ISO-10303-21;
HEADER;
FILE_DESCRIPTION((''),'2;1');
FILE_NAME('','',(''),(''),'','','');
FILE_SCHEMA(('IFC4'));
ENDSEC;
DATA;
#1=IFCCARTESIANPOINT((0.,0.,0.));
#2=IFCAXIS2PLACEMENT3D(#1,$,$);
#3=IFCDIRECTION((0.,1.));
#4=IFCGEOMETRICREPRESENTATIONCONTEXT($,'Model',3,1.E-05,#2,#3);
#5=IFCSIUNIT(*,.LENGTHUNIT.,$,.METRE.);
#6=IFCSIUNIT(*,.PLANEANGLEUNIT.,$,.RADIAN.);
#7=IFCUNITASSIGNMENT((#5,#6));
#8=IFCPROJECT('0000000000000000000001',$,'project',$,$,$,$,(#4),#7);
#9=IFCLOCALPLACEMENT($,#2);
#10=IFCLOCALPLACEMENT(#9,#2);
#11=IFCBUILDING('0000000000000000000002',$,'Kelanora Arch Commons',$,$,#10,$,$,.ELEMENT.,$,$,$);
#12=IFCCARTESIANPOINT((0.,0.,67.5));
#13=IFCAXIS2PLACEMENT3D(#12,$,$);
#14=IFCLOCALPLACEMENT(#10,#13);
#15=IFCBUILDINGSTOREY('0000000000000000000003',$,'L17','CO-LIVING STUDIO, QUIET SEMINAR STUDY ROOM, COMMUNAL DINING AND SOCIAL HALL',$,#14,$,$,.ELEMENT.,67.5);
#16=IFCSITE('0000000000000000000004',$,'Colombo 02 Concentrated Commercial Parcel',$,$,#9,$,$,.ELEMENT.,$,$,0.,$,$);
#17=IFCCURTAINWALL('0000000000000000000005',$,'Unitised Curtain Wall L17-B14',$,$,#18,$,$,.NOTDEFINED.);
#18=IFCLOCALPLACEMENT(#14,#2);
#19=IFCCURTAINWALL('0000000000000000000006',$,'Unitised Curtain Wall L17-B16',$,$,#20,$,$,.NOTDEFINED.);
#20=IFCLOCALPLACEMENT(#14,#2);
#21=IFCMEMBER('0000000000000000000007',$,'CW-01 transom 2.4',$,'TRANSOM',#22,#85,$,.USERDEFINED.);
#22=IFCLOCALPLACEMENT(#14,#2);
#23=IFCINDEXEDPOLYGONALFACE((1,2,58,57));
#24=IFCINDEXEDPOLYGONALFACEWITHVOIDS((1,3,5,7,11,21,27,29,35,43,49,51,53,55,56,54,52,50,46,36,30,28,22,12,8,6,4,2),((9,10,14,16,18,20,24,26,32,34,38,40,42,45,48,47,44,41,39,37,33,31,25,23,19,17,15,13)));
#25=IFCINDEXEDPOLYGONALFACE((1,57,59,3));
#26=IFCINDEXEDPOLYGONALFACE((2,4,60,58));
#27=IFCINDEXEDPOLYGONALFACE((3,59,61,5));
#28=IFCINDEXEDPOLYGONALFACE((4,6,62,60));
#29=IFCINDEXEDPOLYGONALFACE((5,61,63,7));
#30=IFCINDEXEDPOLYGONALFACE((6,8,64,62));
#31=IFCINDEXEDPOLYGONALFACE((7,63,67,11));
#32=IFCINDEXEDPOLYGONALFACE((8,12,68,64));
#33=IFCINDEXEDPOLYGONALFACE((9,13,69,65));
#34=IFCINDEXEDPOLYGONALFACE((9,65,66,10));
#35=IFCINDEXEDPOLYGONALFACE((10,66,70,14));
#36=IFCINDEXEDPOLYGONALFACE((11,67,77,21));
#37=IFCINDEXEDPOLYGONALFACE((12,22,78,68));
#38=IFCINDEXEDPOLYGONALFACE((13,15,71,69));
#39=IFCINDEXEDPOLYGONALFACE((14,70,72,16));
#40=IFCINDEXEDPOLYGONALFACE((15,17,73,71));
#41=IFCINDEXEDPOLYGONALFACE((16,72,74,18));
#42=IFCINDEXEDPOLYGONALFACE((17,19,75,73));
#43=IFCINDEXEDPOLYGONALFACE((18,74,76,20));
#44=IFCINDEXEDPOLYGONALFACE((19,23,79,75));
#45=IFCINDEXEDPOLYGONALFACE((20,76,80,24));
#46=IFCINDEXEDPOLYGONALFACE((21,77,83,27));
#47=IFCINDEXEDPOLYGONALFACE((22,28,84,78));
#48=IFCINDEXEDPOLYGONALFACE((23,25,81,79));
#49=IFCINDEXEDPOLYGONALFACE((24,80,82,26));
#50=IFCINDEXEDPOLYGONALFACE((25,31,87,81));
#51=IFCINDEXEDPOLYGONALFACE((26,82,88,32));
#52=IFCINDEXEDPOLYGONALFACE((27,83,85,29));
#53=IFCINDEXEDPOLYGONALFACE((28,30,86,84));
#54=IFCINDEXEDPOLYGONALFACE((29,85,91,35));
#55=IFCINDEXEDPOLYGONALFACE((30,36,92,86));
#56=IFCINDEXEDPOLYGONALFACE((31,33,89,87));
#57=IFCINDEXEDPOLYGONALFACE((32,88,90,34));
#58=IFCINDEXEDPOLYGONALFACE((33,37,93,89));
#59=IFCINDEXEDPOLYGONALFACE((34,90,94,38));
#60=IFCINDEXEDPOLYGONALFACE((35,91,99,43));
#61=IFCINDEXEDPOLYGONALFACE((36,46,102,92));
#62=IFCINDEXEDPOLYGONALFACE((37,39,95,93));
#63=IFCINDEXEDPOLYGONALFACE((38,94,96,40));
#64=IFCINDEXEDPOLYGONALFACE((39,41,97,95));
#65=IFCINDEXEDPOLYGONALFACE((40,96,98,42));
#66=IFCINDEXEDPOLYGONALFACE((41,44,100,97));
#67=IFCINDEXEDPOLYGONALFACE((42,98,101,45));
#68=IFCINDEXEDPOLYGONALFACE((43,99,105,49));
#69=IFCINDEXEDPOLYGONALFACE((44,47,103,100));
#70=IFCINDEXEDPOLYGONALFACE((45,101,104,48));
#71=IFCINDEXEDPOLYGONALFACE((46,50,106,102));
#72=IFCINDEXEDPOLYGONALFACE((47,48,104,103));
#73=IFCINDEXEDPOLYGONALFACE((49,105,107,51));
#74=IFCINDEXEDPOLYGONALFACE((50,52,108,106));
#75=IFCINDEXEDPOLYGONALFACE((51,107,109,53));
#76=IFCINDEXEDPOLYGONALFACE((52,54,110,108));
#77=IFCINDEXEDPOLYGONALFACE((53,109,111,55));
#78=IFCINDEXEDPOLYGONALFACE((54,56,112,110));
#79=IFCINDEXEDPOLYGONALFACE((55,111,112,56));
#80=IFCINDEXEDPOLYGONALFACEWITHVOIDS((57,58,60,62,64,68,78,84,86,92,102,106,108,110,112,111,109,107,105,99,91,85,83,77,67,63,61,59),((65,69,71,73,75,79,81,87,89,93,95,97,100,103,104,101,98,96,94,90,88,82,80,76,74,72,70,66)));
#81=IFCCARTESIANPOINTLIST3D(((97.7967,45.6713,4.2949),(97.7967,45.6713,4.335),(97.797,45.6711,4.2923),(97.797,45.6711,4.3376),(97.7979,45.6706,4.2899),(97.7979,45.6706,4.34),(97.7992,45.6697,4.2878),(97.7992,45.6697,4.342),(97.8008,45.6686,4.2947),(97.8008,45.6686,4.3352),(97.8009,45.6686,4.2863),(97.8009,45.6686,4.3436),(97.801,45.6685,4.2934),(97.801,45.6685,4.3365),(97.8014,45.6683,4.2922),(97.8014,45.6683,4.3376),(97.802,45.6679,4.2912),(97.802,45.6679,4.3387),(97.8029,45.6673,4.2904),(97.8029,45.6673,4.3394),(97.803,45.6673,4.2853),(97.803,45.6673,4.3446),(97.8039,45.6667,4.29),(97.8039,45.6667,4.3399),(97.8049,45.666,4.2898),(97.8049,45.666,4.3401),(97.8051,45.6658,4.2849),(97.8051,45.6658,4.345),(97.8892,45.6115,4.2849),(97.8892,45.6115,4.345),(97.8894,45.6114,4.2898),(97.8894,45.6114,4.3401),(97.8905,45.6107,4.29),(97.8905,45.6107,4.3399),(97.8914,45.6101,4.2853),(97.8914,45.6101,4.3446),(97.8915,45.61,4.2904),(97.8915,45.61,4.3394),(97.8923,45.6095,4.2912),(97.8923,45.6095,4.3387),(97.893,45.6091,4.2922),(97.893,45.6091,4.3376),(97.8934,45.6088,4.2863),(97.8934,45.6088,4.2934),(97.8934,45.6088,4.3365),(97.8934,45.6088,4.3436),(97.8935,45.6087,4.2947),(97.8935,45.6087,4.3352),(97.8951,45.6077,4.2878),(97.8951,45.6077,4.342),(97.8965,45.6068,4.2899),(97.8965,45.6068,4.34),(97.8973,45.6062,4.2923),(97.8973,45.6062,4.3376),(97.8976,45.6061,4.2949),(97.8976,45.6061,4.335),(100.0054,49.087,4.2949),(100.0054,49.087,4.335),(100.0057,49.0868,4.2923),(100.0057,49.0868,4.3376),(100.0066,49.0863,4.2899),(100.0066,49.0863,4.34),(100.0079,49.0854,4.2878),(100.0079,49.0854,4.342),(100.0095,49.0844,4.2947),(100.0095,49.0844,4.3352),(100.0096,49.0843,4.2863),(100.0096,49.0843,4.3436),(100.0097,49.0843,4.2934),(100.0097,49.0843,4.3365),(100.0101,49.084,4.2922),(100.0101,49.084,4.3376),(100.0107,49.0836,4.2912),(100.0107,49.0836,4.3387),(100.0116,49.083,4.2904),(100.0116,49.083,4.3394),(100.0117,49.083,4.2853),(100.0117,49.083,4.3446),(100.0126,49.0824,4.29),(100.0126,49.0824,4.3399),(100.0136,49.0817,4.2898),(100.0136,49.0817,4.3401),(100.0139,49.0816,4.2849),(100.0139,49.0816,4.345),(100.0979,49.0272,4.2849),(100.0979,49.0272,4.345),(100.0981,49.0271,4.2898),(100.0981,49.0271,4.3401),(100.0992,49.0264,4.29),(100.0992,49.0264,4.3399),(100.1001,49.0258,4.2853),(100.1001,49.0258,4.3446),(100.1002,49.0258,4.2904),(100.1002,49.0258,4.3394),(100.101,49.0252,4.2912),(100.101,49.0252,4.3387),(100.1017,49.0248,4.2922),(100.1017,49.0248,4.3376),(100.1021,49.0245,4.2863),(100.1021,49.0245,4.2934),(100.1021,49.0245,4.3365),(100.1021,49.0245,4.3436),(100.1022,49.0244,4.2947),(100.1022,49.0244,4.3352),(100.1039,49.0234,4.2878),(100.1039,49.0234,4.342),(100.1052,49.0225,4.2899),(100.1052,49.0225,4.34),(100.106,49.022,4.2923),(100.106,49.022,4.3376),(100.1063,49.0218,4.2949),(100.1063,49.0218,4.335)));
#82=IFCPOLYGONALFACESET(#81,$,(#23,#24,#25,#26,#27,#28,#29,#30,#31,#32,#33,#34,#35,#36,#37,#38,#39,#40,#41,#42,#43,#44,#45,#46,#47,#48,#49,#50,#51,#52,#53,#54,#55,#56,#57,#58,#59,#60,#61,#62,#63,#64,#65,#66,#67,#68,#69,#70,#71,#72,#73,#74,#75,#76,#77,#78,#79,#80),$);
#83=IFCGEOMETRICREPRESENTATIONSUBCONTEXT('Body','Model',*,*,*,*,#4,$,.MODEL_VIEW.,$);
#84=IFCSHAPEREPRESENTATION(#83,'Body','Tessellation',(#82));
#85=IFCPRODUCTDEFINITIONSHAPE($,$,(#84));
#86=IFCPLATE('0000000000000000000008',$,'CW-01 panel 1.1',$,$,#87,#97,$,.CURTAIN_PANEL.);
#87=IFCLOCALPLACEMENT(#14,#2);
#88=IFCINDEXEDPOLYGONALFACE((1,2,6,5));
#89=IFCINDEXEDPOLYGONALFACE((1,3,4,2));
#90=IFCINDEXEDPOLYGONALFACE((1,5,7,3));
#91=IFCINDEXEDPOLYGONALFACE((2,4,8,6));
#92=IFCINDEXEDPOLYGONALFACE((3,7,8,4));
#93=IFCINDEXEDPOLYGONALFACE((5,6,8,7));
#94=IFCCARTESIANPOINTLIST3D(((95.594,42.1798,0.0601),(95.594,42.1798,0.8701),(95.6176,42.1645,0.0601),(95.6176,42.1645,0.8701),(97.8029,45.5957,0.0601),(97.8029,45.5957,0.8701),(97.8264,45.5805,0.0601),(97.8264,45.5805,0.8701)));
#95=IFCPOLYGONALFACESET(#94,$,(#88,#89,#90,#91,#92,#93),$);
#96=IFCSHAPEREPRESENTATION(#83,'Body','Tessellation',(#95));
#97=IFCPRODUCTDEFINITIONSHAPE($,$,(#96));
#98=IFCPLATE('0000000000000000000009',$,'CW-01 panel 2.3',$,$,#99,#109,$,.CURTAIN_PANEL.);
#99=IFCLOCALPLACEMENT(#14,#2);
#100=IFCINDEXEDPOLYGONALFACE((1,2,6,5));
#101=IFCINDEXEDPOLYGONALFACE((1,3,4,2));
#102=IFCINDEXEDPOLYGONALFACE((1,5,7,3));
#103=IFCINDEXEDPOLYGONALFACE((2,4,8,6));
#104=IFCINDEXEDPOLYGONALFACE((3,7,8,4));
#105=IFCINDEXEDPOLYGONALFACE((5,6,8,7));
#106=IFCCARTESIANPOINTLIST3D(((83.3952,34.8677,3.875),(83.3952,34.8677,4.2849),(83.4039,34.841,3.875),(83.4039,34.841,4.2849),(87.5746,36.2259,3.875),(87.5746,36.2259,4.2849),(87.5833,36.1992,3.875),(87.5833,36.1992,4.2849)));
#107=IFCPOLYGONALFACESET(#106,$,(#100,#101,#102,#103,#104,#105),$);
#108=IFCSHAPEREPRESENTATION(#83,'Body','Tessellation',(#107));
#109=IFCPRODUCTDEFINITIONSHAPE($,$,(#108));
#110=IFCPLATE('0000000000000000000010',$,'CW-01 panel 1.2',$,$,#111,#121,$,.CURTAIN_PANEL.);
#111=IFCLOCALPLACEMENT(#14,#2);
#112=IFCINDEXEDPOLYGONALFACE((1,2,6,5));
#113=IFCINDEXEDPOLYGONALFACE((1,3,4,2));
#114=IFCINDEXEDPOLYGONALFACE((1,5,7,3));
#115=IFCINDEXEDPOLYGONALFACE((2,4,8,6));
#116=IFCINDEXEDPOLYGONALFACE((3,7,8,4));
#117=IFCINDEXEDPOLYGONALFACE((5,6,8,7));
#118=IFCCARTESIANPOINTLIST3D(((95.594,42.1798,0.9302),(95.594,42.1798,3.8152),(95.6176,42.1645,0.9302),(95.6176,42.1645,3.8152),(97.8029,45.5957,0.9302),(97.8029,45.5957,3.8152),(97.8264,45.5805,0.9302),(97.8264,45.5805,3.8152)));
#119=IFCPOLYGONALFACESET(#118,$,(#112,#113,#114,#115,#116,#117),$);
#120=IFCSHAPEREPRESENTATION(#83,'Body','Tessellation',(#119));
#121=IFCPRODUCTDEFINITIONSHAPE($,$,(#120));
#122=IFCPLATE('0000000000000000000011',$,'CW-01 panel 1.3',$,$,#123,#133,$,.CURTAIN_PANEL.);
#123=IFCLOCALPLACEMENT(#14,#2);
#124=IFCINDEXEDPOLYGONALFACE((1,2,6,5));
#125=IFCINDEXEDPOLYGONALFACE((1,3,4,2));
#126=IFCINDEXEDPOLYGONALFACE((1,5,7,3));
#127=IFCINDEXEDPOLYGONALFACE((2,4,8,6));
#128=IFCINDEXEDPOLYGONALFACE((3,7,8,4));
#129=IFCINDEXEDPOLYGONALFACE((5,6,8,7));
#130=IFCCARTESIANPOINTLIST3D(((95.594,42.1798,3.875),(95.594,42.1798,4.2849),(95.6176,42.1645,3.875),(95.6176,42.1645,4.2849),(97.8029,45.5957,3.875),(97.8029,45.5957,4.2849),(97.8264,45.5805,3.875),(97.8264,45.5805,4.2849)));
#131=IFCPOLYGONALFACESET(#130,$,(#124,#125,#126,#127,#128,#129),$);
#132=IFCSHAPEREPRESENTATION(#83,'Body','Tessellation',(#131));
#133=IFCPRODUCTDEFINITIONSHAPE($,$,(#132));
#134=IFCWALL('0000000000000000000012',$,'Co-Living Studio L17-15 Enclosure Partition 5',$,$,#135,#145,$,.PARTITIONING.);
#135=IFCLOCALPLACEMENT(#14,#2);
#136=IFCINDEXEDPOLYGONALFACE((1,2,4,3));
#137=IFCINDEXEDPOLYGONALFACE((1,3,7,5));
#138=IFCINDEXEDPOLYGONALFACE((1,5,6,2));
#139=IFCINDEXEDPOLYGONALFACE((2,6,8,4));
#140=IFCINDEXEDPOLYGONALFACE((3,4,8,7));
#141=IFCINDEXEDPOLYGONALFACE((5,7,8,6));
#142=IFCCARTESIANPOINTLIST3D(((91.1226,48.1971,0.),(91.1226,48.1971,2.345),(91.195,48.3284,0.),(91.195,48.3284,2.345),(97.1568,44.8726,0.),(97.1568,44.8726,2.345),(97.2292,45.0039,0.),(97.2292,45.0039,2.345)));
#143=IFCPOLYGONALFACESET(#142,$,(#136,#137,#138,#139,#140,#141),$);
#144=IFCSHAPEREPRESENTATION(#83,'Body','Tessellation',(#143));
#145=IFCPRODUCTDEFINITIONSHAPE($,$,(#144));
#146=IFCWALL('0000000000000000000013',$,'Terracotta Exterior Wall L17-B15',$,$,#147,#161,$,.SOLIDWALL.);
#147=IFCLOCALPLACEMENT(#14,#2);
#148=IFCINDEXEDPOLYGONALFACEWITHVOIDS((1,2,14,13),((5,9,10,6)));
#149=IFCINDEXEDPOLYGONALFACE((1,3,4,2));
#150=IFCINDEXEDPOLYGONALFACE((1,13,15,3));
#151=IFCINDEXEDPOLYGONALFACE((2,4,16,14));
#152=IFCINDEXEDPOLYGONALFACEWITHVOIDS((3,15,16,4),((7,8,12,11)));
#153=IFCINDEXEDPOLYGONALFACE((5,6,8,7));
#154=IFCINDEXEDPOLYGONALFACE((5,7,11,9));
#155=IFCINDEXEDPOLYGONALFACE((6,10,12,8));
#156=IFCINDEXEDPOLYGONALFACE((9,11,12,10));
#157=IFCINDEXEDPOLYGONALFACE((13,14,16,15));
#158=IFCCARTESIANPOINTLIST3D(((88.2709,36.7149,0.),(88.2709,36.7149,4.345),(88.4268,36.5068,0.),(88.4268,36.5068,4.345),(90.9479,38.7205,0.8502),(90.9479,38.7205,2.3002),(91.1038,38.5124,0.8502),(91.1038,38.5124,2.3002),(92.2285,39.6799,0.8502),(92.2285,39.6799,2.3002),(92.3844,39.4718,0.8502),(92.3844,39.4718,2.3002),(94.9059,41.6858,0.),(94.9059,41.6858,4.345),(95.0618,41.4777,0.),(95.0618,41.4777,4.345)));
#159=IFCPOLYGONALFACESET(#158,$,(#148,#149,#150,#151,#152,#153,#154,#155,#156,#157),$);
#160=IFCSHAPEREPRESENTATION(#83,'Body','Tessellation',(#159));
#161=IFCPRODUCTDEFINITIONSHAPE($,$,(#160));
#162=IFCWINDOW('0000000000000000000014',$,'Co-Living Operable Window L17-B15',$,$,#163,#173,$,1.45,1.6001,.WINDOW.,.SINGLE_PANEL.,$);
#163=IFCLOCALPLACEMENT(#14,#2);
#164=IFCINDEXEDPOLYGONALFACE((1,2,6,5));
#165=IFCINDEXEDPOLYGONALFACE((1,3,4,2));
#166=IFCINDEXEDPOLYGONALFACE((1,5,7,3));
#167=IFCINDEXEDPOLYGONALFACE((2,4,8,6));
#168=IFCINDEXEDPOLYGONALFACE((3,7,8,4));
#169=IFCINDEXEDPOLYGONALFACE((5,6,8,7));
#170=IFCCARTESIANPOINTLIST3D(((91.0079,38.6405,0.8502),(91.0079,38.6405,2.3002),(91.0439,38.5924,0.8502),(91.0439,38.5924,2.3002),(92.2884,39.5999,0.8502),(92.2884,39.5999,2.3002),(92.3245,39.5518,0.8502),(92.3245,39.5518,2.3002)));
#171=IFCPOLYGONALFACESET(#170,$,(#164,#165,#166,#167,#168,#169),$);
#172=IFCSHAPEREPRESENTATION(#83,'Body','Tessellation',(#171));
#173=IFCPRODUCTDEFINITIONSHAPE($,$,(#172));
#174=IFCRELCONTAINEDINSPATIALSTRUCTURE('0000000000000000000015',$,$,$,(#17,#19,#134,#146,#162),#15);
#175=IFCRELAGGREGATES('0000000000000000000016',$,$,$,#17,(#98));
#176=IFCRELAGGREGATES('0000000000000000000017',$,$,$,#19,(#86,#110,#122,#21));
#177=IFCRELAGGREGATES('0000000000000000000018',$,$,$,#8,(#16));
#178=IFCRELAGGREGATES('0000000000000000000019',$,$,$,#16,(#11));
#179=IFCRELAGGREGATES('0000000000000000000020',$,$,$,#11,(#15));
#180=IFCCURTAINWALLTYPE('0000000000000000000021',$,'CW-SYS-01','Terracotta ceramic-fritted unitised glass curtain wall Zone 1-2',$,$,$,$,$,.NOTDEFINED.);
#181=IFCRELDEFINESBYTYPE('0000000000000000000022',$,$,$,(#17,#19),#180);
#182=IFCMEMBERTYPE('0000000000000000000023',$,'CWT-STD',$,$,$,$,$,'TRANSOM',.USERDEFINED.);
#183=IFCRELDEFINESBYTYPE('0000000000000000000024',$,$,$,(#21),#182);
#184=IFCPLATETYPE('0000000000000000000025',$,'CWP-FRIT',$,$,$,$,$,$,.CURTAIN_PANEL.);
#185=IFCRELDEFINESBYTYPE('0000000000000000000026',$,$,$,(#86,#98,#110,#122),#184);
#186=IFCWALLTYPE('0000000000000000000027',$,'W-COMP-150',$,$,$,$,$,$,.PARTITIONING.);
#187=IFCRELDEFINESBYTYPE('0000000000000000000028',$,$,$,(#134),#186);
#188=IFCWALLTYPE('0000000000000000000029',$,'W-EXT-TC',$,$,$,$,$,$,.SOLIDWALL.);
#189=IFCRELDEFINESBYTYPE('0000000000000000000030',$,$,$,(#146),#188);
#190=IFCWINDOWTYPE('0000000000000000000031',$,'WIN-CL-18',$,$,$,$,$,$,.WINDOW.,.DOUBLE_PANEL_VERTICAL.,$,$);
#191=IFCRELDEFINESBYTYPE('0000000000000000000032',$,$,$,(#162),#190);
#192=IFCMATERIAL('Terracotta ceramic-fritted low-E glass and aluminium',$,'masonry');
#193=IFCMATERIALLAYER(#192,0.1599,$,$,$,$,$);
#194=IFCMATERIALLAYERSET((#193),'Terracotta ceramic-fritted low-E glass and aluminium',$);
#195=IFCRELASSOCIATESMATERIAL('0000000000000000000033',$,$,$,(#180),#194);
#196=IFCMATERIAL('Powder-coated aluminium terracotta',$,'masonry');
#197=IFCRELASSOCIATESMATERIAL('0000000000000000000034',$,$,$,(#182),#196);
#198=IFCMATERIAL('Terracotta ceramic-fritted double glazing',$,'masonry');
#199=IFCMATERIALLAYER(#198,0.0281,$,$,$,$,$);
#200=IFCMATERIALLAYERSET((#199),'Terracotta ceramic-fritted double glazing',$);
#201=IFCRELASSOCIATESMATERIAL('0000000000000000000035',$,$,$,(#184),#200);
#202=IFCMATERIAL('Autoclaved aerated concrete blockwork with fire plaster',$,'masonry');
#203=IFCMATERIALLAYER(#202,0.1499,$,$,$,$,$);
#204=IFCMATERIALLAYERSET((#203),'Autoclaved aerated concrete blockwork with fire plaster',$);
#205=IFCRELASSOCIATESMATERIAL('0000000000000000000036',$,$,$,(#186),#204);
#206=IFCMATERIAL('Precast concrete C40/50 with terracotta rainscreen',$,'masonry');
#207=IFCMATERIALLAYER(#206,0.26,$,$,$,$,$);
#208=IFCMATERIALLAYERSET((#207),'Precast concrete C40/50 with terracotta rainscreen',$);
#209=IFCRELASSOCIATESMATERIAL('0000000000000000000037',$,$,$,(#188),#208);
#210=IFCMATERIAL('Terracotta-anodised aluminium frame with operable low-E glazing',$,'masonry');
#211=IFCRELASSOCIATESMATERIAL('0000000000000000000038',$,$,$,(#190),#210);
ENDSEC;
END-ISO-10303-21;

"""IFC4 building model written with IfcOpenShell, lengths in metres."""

from ifc_helpers import new_model, si_unit, direction, frame, frame_2d, origin, origin_2d, place, context, subcontext, project, spatial, rectangle, hollow_rectangle, extrude, source, transform, mapped, material, layer, layer_set, material_profile, profile_set, type_object, element, fill, aggregate, save


model = new_model("IFC4")

# Units and contexts
model_context = context("Model", 3, precision=1e-05, world=origin(), true_north=direction((0.0, 1.0)))
body_context = subcontext(model_context, "Body", "Model", "MODEL_VIEW")
ifc_project = project(units=[si_unit("LENGTHUNIT", "METRE"), si_unit("PLANEANGLEUNIT", "RADIAN")], contexts=[model_context])

# Site, building, storey
site_placement = place(None, origin())
site = spatial("IfcSite", under=ifc_project, at=site_placement, Name="Colombo 02 Concentrated Commercial Parcel", CompositionType="ELEMENT", RefElevation=0.0)
building_placement = place(site_placement, origin())
building = spatial("IfcBuilding", under=site, at=building_placement, Name="Kelanora Arch Commons", CompositionType="ELEMENT")
storey_placement = place(building_placement, frame((0.0, 0.0, 67.5)))
storey = spatial("IfcBuildingStorey", under=building, at=storey_placement, Name="L17", Description="CO-LIVING STUDIO, QUIET SEMINAR STUDY ROOM, COMMUNAL DINING AND SOCIAL HALL", CompositionType="ELEMENT", Elevation=67.5)

# Curtain wall
ifc_material_1 = material(Name="Terracotta ceramic-fritted low-E glass and aluminium", Category="masonry")
ifc_layer_1 = layer(ifc_material_1, 0.1599)
ifc_layer_set_1 = layer_set([ifc_layer_1], Name="Terracotta ceramic-fritted low-E glass and aluminium")
curtain_wall_type = type_object("IfcCurtainWallType", Name="CW-SYS-01", Description="Terracotta ceramic-fritted unitised glass curtain wall Zone 1-2", PredefinedType="NOTDEFINED", material=ifc_layer_set_1)
curtain_wall_1_placement = place(storey_placement, origin())
curtain_wall_1 = element("IfcCurtainWall", 1, at=curtain_wall_1_placement, inside=storey, type_object=curtain_wall_type, Name="Unitised Curtain Wall L17-B14", PredefinedType="NOTDEFINED")
ifc_material_2 = material(Name="Powder-coated aluminium terracotta", Category="masonry")

# Curtain wall, member, plate
curtain_wall_2_placement = place(storey_placement, origin())
curtain_wall_2 = element("IfcCurtainWall", 2, at=curtain_wall_2_placement, inside=storey, type_object=curtain_wall_type, Name="Unitised Curtain Wall L17-B16", PredefinedType="NOTDEFINED")
ifc_material_profile_1 = material_profile(ifc_material_2, hollow_rectangle(XDim=0.1201, YDim=0.0601, WallThickness=0.0049, InnerFilletRadius=0.0049, OuterFilletRadius=0.01, at=origin_2d()), Name="CWT120x60")
ifc_profile_set_1 = profile_set([ifc_material_profile_1], Name="Powder-coated aluminium terracotta")
member_type_1 = type_object("IfcMemberType", Name="CWT-STD", ElementType="TRANSOM", PredefinedType="USERDEFINED", material=ifc_profile_set_1)
member_1_placement = place(storey_placement, frame((97.8472, 45.6387, 4.3149), z_axis=(0.542997, 0.839734, 0.0), x_axis=(-0.839734, 0.542997, 0.0)))
member_1 = element("IfcMember", 3, at=member_1_placement, type_object=member_type_1, Name="CW-01 transom 2.4", ObjectType="TRANSOM", PredefinedType="USERDEFINED", context=body_context, shape_type="SweptSolid", body=[
    extrude(hollow_rectangle(XDim=0.1201, YDim=0.0601, WallThickness=0.0049, InnerFilletRadius=0.0049, OuterFilletRadius=0.01, at=origin_2d()), origin(), (0.0, 0.0, 1.0), 4.0676),
])
ifc_material_3 = material(Name="Terracotta ceramic-fritted double glazing", Category="masonry")
ifc_layer_2 = layer(ifc_material_3, 0.0281)
ifc_layer_set_2 = layer_set([ifc_layer_2], Name="Terracotta ceramic-fritted double glazing")
plate_type = type_object("IfcPlateType", Name="CWP-FRIT", PredefinedType="CURTAIN_PANEL", material=ifc_layer_set_2)
shared_shape_1 = source(origin(), body_context, "Body", "SweptSolid", [
    extrude(rectangle(XDim=4.0679, YDim=0.0281, at=origin_2d()), origin(), (0.0, 0.0, 1.0), 0.8101),
])
plate_1_placement = place(storey_placement, frame((96.7102, 43.8801, 0.0601), z_axis=(0.0, 0.0, 1.0), x_axis=(0.543004, 0.83973, 0.0)))
plate_1 = element("IfcPlate", 4, at=plate_1_placement, type_object=plate_type, Name="CW-01 panel 1.1", PredefinedType="CURTAIN_PANEL", context=body_context, shape_type="MappedRepresentation", body=[
    mapped(shared_shape_1, transform((0.0, 0.0, 0.0), scale=1.0)),
])

# Plates
shared_shape_2 = source(origin(), body_context, "Body", "SweptSolid", [
    extrude(rectangle(XDim=4.3945, YDim=0.0281, at=origin_2d()), origin(), (0.0, 0.0, 1.0), 0.4099),
])
plate_2_placement = place(storey_placement, frame((85.4893, 35.5334, 3.875), z_axis=(0.0, 0.0, 1.0), x_axis=(0.951043, 0.309058, 0.0)))
plate_2 = element("IfcPlate", 5, at=plate_2_placement, type_object=plate_type, Name="CW-01 panel 2.3", PredefinedType="CURTAIN_PANEL", context=body_context, shape_type="MappedRepresentation", body=[
    mapped(shared_shape_2, transform((0.0, 0.0, 0.0), scale=1.0)),
])
aggregate(curtain_wall_1, [plate_2])
shared_shape_3 = source(origin(), body_context, "Body", "SweptSolid", [
    extrude(rectangle(XDim=4.0679, YDim=0.0281, at=origin_2d()), origin(), (0.0, 0.0, 1.0), 2.885),
])
plate_3_placement = place(storey_placement, frame((96.7102, 43.8801, 0.9302), z_axis=(0.0, 0.0, 1.0), x_axis=(0.543004, 0.83973, 0.0)))
plate_3 = element("IfcPlate", 6, at=plate_3_placement, type_object=plate_type, Name="CW-01 panel 1.2", PredefinedType="CURTAIN_PANEL", context=body_context, shape_type="MappedRepresentation", body=[
    mapped(shared_shape_3, transform((0.0, 0.0, 0.0), scale=1.0)),
])
shared_shape_4 = source(origin(), body_context, "Body", "SweptSolid", [
    extrude(rectangle(XDim=4.0679, YDim=0.0281, at=origin_2d()), origin(), (0.0, 0.0, 1.0), 0.4099),
])
plate_4_placement = place(storey_placement, frame((96.7102, 43.8801, 3.875), z_axis=(0.0, 0.0, 1.0), x_axis=(0.543004, 0.83973, 0.0)))
plate_4 = element("IfcPlate", 7, at=plate_4_placement, type_object=plate_type, Name="CW-01 panel 1.3", PredefinedType="CURTAIN_PANEL", context=body_context, shape_type="MappedRepresentation", body=[
    mapped(shared_shape_4, transform((0.0, 0.0, 0.0), scale=1.0)),
])
aggregate(curtain_wall_2, [plate_1, plate_3, plate_4, member_1])

# Wall
ifc_material_4 = material(Name="Autoclaved aerated concrete blockwork with fire plaster", Category="masonry")
ifc_layer_3 = layer(ifc_material_4, 0.1499)
ifc_layer_set_3 = layer_set([ifc_layer_3], Name="Autoclaved aerated concrete blockwork with fire plaster")
wall_type_1 = type_object("IfcWallType", Name="W-COMP-150", PredefinedType="PARTITIONING", material=ifc_layer_set_3)
wall_1_placement = place(storey_placement, frame((97.1931, 44.9382, 0.0), z_axis=(0.0, 0.0, 1.0), x_axis=(-0.875869, 0.48255, 0.0)))
element("IfcWall", 8, at=wall_1_placement, inside=storey, type_object=wall_type_1, Name="Co-Living Studio L17-15 Enclosure Partition 5", PredefinedType="PARTITIONING", context=body_context, shape_type="SweptSolid", body=[
    extrude(rectangle(XDim=6.8894, YDim=0.1499, at=frame_2d((3.4448, 0.0))), origin(), (0.0, 0.0, 1.0), 2.345),
])

# Wall, opening, window
ifc_material_5 = material(Name="Precast concrete C40/50 with terracotta rainscreen", Category="masonry")
ifc_layer_4 = layer(ifc_material_5, 0.26)
ifc_layer_set_4 = layer_set([ifc_layer_4], Name="Precast concrete C40/50 with terracotta rainscreen")
wall_type_2 = type_object("IfcWallType", Name="W-EXT-TC", PredefinedType="SOLIDWALL", material=ifc_layer_set_4)
wall_2_placement = place(storey_placement, frame((88.3489, 36.6108, 0.0), z_axis=(0.0, 0.0, 1.0), x_axis=(0.800307, 0.59959, 0.0)))
wall_2 = element("IfcWall", 9, at=wall_2_placement, inside=storey, type_object=wall_type_2, Name="Terracotta Exterior Wall L17-B15", PredefinedType="SOLIDWALL", context=body_context, shape_type="SweptSolid", body=[
    extrude(rectangle(XDim=8.2905, YDim=0.26, at=frame_2d((4.1453, 0.0))), origin(), (0.0, 0.0, 1.0), 4.345),
])
opening_placement = place(wall_2_placement, frame((3.345, 0.0, 0.8501)))
opening = element("IfcOpeningElement", 10, at=opening_placement, cuts=wall_2, PredefinedType="OPENING", context=body_context, shape_type="SweptSolid", body=[
    extrude(rectangle(XDim=1.6001, YDim=1.45, at=frame_2d((0.8, 0.7251))), frame((0.0, 0.1401, 0.0), z_axis=(0.0, -1.0, 0.0), x_axis=(1.0, 0.0, 0.0)), (0.0, 0.0, 1.0), 0.28),
])
ifc_material_6 = material(Name="Terracotta-anodised aluminium frame with operable low-E glazing", Category="masonry")
window_type = type_object("IfcWindowType", Name="WIN-CL-18", PartitioningType="DOUBLE_PANEL_VERTICAL", PredefinedType="WINDOW", material=ifc_material_6)
window_placement = place(opening_placement, origin())
window = element("IfcWindow", 11, at=window_placement, inside=storey, type_object=window_type, Name="Co-Living Operable Window L17-B15", OverallHeight=1.45, OverallWidth=1.6001, PartitioningType="SINGLE_PANEL", PredefinedType="WINDOW", context=body_context, shape_type="SweptSolid", body=[
    extrude(rectangle(XDim=1.6001, YDim=1.45, at=frame_2d((0.8, 0.7251))), frame((0.0, 0.03, 0.0), z_axis=(0.0, -1.0, 0.0), x_axis=(1.0, 0.0, 0.0)), (0.0, 0.0, 1.0), 0.0601),
])
fill(opening, window)

save(model, "model.ifc")
